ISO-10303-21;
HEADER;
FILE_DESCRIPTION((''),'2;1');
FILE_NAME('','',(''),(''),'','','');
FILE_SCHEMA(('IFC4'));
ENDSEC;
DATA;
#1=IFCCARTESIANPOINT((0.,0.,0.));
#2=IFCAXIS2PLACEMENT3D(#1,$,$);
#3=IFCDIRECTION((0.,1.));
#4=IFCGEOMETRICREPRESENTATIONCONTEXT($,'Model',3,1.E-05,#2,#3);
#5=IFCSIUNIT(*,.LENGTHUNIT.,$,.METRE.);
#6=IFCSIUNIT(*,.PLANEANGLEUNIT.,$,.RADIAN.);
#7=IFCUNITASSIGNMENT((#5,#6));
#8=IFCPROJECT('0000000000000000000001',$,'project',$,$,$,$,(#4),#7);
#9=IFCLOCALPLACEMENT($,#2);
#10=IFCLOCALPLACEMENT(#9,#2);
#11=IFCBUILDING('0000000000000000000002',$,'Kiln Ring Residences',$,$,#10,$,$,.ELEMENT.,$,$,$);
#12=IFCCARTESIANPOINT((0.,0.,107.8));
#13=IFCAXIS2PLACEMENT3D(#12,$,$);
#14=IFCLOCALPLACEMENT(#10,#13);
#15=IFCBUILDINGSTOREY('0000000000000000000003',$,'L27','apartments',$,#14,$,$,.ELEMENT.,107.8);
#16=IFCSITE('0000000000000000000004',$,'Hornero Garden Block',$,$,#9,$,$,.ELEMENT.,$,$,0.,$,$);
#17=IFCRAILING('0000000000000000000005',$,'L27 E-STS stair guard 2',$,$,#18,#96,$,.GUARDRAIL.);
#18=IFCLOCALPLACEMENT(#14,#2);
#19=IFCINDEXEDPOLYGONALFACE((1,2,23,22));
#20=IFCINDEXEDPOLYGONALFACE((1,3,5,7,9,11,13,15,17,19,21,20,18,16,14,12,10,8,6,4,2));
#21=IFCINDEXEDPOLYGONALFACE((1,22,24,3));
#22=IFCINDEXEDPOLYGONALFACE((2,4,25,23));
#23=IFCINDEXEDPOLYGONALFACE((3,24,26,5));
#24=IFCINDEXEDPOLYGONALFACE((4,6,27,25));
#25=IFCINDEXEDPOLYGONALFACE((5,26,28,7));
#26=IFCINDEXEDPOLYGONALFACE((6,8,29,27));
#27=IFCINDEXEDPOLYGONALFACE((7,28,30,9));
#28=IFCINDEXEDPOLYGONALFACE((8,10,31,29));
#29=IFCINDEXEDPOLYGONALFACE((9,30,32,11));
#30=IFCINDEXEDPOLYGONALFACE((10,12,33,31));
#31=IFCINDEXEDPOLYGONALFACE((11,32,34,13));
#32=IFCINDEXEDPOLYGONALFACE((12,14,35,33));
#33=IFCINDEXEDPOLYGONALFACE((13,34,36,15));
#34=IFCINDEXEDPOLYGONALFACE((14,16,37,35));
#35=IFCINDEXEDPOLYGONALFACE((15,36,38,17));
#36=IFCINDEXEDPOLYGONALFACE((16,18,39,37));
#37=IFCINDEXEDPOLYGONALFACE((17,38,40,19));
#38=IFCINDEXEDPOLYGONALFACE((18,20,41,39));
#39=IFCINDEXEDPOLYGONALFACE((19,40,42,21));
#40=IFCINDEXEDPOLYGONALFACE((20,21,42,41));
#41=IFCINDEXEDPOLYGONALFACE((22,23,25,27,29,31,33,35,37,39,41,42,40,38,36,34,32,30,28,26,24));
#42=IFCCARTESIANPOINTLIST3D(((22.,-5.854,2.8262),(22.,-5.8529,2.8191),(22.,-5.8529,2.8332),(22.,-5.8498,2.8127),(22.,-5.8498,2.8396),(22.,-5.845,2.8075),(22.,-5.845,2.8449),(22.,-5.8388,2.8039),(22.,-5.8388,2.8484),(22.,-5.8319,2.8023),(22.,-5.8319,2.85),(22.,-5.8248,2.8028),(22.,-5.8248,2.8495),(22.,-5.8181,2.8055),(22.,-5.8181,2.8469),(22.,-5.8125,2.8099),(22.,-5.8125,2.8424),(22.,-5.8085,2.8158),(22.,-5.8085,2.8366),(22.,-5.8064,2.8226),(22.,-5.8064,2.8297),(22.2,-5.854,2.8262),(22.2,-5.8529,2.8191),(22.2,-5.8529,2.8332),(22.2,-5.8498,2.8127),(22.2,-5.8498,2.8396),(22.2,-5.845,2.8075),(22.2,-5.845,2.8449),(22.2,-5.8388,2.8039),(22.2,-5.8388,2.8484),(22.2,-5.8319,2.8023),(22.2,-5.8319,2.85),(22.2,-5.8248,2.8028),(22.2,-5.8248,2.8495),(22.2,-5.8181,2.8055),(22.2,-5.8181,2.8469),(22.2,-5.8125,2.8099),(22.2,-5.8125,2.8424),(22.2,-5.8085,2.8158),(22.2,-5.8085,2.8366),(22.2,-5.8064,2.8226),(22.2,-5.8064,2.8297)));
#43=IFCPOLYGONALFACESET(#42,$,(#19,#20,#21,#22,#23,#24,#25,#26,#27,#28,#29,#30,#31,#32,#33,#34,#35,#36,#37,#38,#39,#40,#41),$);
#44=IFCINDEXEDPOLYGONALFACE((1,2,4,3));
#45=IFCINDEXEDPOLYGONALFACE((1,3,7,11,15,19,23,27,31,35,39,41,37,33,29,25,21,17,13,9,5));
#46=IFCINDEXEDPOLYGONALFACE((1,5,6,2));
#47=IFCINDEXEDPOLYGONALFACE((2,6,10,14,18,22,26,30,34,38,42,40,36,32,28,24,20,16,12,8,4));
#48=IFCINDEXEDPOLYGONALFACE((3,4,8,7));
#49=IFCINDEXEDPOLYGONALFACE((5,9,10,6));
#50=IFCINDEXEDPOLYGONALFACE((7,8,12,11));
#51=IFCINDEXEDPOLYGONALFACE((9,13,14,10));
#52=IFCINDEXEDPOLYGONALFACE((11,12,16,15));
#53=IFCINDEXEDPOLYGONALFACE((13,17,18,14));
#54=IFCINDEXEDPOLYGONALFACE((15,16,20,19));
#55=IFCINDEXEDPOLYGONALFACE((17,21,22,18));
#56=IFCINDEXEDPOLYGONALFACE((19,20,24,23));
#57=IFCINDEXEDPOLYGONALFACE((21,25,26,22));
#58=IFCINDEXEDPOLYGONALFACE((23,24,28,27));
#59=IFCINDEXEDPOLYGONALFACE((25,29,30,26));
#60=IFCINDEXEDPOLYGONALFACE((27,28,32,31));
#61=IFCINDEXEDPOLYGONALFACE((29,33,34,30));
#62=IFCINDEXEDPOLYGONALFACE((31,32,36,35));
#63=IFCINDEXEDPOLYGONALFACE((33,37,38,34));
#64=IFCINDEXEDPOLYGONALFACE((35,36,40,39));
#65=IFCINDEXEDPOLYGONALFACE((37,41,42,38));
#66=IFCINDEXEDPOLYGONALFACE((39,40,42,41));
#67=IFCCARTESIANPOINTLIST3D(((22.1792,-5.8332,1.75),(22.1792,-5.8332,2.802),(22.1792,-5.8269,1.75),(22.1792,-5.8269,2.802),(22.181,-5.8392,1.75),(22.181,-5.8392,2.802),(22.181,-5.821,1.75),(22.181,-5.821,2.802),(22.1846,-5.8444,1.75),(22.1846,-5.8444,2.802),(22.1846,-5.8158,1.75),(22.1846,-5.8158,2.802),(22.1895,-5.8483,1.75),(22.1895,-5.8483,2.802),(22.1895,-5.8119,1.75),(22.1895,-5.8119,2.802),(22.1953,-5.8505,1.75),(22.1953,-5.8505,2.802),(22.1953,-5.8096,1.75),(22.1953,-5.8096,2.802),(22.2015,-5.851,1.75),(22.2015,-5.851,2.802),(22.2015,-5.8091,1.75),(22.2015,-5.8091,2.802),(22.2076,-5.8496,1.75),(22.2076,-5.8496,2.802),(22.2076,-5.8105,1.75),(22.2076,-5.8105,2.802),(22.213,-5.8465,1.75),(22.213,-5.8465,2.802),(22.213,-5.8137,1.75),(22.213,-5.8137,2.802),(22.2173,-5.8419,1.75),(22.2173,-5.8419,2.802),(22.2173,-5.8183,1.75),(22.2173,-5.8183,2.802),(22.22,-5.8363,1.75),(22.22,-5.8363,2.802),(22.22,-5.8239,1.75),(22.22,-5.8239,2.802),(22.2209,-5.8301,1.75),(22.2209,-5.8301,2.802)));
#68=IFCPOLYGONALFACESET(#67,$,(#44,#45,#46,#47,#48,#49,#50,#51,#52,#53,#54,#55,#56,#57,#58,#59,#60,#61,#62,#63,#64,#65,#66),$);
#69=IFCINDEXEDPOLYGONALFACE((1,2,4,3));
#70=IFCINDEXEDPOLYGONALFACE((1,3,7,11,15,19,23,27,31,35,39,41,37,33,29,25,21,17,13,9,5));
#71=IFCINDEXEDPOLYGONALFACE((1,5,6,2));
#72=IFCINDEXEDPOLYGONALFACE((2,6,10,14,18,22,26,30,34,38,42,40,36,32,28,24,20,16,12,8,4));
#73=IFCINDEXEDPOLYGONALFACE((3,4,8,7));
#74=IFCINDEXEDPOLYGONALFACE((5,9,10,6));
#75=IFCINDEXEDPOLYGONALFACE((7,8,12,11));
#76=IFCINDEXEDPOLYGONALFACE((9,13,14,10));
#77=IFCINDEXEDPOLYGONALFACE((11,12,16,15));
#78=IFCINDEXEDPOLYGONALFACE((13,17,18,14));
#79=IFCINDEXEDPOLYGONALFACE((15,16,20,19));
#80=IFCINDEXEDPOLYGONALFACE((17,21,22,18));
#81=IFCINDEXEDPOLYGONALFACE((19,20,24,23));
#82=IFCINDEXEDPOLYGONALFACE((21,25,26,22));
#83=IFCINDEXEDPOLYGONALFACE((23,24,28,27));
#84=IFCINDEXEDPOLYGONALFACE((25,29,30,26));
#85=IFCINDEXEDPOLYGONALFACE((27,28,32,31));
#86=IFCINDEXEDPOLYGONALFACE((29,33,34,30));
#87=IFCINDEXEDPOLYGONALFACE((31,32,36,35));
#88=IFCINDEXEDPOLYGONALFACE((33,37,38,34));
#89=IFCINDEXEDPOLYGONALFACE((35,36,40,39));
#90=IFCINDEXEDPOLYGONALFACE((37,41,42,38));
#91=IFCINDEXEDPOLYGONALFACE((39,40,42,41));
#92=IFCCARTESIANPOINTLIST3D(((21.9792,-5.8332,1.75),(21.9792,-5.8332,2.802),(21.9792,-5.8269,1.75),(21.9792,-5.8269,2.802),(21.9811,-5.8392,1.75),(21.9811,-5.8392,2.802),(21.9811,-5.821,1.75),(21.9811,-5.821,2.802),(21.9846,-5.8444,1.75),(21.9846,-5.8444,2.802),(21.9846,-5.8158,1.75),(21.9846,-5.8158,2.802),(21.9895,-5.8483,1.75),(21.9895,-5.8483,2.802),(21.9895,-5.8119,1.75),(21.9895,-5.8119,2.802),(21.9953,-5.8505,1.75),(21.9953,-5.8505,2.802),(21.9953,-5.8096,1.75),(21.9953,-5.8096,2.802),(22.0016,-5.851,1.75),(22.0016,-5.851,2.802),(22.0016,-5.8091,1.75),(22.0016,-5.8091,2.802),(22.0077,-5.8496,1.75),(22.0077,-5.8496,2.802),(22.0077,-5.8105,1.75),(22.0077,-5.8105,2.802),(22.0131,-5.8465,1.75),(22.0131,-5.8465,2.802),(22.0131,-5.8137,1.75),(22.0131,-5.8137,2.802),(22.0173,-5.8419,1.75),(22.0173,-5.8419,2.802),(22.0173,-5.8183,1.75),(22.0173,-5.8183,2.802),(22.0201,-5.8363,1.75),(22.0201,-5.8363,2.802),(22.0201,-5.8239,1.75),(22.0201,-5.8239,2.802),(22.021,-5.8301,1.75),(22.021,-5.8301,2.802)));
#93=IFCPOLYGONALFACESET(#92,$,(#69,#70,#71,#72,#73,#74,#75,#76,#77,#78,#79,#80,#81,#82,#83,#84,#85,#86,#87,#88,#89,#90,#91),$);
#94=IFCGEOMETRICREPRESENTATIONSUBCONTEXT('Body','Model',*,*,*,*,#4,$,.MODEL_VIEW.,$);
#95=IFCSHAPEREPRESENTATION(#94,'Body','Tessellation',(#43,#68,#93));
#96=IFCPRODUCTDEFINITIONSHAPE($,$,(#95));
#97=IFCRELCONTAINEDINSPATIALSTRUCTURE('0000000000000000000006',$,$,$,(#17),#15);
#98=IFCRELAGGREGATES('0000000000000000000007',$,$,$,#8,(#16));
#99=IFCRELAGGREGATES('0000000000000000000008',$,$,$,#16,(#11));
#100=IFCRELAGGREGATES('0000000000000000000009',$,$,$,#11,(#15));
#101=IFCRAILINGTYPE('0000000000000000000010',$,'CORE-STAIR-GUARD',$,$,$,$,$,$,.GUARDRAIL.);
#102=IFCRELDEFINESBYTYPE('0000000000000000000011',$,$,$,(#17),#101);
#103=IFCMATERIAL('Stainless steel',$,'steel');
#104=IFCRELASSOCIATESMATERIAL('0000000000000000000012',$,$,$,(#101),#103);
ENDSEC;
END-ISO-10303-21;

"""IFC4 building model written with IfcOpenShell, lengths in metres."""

from ifc_helpers import new_model, si_unit, direction, frame, origin, origin_2d, place, context, subcontext, project, spatial, circle, extrude, material, type_object, element, save


model = new_model("IFC4")

# Units and contexts
model_context = context("Model", 3, precision=1e-05, world=origin(), true_north=direction((0.0, 1.0)))
body_context = subcontext(model_context, "Body", "Model", "MODEL_VIEW")
ifc_project = project(units=[si_unit("LENGTHUNIT", "METRE"), si_unit("PLANEANGLEUNIT", "RADIAN")], contexts=[model_context])

# Site, building, storey
site_placement = place(None, origin())
site = spatial("IfcSite", under=ifc_project, at=site_placement, Name="Hornero Garden Block", CompositionType="ELEMENT", RefElevation=0.0)
building_placement = place(site_placement, origin())
building = spatial("IfcBuilding", under=site, at=building_placement, Name="Kiln Ring Residences", CompositionType="ELEMENT")
storey_placement = place(building_placement, frame((0.0, 0.0, 107.8)))
storey = spatial("IfcBuildingStorey", under=building, at=storey_placement, Name="L27", Description="apartments", CompositionType="ELEMENT", Elevation=107.8)

# Railing
ifc_material_1 = material(Name="Stainless steel", Category="steel")
railing_type_1 = type_object("IfcRailingType", Name="CORE-STAIR-GUARD", PredefinedType="GUARDRAIL", material=ifc_material_1)
railing_1_placement = place(storey_placement, frame((22.2, -5.8301, 1.75)))
element("IfcRailing", 1, at=railing_1_placement, inside=storey, type_object=railing_type_1, Name="L27 E-STS stair guard 2", PredefinedType="GUARDRAIL", context=body_context, shape_type="SweptSolid", body=[
    extrude(circle(Radius=0.0239, at=origin_2d()), frame((0.0, 0.0, 1.0762), z_axis=(-1.0, 0.0, 0.0), x_axis=(0.0, -1.0, 0.0)), (0.0, 0.0, 1.0), 0.2),
    extrude(circle(Radius=0.021, at=origin_2d()), origin(), (0.0, 0.0, 1.0), 1.052),
    extrude(circle(Radius=0.021, at=origin_2d()), frame((-0.2, 0.0, 0.0)), (0.0, 0.0, 1.0), 1.052),
])

save(model, "model.ifc")
